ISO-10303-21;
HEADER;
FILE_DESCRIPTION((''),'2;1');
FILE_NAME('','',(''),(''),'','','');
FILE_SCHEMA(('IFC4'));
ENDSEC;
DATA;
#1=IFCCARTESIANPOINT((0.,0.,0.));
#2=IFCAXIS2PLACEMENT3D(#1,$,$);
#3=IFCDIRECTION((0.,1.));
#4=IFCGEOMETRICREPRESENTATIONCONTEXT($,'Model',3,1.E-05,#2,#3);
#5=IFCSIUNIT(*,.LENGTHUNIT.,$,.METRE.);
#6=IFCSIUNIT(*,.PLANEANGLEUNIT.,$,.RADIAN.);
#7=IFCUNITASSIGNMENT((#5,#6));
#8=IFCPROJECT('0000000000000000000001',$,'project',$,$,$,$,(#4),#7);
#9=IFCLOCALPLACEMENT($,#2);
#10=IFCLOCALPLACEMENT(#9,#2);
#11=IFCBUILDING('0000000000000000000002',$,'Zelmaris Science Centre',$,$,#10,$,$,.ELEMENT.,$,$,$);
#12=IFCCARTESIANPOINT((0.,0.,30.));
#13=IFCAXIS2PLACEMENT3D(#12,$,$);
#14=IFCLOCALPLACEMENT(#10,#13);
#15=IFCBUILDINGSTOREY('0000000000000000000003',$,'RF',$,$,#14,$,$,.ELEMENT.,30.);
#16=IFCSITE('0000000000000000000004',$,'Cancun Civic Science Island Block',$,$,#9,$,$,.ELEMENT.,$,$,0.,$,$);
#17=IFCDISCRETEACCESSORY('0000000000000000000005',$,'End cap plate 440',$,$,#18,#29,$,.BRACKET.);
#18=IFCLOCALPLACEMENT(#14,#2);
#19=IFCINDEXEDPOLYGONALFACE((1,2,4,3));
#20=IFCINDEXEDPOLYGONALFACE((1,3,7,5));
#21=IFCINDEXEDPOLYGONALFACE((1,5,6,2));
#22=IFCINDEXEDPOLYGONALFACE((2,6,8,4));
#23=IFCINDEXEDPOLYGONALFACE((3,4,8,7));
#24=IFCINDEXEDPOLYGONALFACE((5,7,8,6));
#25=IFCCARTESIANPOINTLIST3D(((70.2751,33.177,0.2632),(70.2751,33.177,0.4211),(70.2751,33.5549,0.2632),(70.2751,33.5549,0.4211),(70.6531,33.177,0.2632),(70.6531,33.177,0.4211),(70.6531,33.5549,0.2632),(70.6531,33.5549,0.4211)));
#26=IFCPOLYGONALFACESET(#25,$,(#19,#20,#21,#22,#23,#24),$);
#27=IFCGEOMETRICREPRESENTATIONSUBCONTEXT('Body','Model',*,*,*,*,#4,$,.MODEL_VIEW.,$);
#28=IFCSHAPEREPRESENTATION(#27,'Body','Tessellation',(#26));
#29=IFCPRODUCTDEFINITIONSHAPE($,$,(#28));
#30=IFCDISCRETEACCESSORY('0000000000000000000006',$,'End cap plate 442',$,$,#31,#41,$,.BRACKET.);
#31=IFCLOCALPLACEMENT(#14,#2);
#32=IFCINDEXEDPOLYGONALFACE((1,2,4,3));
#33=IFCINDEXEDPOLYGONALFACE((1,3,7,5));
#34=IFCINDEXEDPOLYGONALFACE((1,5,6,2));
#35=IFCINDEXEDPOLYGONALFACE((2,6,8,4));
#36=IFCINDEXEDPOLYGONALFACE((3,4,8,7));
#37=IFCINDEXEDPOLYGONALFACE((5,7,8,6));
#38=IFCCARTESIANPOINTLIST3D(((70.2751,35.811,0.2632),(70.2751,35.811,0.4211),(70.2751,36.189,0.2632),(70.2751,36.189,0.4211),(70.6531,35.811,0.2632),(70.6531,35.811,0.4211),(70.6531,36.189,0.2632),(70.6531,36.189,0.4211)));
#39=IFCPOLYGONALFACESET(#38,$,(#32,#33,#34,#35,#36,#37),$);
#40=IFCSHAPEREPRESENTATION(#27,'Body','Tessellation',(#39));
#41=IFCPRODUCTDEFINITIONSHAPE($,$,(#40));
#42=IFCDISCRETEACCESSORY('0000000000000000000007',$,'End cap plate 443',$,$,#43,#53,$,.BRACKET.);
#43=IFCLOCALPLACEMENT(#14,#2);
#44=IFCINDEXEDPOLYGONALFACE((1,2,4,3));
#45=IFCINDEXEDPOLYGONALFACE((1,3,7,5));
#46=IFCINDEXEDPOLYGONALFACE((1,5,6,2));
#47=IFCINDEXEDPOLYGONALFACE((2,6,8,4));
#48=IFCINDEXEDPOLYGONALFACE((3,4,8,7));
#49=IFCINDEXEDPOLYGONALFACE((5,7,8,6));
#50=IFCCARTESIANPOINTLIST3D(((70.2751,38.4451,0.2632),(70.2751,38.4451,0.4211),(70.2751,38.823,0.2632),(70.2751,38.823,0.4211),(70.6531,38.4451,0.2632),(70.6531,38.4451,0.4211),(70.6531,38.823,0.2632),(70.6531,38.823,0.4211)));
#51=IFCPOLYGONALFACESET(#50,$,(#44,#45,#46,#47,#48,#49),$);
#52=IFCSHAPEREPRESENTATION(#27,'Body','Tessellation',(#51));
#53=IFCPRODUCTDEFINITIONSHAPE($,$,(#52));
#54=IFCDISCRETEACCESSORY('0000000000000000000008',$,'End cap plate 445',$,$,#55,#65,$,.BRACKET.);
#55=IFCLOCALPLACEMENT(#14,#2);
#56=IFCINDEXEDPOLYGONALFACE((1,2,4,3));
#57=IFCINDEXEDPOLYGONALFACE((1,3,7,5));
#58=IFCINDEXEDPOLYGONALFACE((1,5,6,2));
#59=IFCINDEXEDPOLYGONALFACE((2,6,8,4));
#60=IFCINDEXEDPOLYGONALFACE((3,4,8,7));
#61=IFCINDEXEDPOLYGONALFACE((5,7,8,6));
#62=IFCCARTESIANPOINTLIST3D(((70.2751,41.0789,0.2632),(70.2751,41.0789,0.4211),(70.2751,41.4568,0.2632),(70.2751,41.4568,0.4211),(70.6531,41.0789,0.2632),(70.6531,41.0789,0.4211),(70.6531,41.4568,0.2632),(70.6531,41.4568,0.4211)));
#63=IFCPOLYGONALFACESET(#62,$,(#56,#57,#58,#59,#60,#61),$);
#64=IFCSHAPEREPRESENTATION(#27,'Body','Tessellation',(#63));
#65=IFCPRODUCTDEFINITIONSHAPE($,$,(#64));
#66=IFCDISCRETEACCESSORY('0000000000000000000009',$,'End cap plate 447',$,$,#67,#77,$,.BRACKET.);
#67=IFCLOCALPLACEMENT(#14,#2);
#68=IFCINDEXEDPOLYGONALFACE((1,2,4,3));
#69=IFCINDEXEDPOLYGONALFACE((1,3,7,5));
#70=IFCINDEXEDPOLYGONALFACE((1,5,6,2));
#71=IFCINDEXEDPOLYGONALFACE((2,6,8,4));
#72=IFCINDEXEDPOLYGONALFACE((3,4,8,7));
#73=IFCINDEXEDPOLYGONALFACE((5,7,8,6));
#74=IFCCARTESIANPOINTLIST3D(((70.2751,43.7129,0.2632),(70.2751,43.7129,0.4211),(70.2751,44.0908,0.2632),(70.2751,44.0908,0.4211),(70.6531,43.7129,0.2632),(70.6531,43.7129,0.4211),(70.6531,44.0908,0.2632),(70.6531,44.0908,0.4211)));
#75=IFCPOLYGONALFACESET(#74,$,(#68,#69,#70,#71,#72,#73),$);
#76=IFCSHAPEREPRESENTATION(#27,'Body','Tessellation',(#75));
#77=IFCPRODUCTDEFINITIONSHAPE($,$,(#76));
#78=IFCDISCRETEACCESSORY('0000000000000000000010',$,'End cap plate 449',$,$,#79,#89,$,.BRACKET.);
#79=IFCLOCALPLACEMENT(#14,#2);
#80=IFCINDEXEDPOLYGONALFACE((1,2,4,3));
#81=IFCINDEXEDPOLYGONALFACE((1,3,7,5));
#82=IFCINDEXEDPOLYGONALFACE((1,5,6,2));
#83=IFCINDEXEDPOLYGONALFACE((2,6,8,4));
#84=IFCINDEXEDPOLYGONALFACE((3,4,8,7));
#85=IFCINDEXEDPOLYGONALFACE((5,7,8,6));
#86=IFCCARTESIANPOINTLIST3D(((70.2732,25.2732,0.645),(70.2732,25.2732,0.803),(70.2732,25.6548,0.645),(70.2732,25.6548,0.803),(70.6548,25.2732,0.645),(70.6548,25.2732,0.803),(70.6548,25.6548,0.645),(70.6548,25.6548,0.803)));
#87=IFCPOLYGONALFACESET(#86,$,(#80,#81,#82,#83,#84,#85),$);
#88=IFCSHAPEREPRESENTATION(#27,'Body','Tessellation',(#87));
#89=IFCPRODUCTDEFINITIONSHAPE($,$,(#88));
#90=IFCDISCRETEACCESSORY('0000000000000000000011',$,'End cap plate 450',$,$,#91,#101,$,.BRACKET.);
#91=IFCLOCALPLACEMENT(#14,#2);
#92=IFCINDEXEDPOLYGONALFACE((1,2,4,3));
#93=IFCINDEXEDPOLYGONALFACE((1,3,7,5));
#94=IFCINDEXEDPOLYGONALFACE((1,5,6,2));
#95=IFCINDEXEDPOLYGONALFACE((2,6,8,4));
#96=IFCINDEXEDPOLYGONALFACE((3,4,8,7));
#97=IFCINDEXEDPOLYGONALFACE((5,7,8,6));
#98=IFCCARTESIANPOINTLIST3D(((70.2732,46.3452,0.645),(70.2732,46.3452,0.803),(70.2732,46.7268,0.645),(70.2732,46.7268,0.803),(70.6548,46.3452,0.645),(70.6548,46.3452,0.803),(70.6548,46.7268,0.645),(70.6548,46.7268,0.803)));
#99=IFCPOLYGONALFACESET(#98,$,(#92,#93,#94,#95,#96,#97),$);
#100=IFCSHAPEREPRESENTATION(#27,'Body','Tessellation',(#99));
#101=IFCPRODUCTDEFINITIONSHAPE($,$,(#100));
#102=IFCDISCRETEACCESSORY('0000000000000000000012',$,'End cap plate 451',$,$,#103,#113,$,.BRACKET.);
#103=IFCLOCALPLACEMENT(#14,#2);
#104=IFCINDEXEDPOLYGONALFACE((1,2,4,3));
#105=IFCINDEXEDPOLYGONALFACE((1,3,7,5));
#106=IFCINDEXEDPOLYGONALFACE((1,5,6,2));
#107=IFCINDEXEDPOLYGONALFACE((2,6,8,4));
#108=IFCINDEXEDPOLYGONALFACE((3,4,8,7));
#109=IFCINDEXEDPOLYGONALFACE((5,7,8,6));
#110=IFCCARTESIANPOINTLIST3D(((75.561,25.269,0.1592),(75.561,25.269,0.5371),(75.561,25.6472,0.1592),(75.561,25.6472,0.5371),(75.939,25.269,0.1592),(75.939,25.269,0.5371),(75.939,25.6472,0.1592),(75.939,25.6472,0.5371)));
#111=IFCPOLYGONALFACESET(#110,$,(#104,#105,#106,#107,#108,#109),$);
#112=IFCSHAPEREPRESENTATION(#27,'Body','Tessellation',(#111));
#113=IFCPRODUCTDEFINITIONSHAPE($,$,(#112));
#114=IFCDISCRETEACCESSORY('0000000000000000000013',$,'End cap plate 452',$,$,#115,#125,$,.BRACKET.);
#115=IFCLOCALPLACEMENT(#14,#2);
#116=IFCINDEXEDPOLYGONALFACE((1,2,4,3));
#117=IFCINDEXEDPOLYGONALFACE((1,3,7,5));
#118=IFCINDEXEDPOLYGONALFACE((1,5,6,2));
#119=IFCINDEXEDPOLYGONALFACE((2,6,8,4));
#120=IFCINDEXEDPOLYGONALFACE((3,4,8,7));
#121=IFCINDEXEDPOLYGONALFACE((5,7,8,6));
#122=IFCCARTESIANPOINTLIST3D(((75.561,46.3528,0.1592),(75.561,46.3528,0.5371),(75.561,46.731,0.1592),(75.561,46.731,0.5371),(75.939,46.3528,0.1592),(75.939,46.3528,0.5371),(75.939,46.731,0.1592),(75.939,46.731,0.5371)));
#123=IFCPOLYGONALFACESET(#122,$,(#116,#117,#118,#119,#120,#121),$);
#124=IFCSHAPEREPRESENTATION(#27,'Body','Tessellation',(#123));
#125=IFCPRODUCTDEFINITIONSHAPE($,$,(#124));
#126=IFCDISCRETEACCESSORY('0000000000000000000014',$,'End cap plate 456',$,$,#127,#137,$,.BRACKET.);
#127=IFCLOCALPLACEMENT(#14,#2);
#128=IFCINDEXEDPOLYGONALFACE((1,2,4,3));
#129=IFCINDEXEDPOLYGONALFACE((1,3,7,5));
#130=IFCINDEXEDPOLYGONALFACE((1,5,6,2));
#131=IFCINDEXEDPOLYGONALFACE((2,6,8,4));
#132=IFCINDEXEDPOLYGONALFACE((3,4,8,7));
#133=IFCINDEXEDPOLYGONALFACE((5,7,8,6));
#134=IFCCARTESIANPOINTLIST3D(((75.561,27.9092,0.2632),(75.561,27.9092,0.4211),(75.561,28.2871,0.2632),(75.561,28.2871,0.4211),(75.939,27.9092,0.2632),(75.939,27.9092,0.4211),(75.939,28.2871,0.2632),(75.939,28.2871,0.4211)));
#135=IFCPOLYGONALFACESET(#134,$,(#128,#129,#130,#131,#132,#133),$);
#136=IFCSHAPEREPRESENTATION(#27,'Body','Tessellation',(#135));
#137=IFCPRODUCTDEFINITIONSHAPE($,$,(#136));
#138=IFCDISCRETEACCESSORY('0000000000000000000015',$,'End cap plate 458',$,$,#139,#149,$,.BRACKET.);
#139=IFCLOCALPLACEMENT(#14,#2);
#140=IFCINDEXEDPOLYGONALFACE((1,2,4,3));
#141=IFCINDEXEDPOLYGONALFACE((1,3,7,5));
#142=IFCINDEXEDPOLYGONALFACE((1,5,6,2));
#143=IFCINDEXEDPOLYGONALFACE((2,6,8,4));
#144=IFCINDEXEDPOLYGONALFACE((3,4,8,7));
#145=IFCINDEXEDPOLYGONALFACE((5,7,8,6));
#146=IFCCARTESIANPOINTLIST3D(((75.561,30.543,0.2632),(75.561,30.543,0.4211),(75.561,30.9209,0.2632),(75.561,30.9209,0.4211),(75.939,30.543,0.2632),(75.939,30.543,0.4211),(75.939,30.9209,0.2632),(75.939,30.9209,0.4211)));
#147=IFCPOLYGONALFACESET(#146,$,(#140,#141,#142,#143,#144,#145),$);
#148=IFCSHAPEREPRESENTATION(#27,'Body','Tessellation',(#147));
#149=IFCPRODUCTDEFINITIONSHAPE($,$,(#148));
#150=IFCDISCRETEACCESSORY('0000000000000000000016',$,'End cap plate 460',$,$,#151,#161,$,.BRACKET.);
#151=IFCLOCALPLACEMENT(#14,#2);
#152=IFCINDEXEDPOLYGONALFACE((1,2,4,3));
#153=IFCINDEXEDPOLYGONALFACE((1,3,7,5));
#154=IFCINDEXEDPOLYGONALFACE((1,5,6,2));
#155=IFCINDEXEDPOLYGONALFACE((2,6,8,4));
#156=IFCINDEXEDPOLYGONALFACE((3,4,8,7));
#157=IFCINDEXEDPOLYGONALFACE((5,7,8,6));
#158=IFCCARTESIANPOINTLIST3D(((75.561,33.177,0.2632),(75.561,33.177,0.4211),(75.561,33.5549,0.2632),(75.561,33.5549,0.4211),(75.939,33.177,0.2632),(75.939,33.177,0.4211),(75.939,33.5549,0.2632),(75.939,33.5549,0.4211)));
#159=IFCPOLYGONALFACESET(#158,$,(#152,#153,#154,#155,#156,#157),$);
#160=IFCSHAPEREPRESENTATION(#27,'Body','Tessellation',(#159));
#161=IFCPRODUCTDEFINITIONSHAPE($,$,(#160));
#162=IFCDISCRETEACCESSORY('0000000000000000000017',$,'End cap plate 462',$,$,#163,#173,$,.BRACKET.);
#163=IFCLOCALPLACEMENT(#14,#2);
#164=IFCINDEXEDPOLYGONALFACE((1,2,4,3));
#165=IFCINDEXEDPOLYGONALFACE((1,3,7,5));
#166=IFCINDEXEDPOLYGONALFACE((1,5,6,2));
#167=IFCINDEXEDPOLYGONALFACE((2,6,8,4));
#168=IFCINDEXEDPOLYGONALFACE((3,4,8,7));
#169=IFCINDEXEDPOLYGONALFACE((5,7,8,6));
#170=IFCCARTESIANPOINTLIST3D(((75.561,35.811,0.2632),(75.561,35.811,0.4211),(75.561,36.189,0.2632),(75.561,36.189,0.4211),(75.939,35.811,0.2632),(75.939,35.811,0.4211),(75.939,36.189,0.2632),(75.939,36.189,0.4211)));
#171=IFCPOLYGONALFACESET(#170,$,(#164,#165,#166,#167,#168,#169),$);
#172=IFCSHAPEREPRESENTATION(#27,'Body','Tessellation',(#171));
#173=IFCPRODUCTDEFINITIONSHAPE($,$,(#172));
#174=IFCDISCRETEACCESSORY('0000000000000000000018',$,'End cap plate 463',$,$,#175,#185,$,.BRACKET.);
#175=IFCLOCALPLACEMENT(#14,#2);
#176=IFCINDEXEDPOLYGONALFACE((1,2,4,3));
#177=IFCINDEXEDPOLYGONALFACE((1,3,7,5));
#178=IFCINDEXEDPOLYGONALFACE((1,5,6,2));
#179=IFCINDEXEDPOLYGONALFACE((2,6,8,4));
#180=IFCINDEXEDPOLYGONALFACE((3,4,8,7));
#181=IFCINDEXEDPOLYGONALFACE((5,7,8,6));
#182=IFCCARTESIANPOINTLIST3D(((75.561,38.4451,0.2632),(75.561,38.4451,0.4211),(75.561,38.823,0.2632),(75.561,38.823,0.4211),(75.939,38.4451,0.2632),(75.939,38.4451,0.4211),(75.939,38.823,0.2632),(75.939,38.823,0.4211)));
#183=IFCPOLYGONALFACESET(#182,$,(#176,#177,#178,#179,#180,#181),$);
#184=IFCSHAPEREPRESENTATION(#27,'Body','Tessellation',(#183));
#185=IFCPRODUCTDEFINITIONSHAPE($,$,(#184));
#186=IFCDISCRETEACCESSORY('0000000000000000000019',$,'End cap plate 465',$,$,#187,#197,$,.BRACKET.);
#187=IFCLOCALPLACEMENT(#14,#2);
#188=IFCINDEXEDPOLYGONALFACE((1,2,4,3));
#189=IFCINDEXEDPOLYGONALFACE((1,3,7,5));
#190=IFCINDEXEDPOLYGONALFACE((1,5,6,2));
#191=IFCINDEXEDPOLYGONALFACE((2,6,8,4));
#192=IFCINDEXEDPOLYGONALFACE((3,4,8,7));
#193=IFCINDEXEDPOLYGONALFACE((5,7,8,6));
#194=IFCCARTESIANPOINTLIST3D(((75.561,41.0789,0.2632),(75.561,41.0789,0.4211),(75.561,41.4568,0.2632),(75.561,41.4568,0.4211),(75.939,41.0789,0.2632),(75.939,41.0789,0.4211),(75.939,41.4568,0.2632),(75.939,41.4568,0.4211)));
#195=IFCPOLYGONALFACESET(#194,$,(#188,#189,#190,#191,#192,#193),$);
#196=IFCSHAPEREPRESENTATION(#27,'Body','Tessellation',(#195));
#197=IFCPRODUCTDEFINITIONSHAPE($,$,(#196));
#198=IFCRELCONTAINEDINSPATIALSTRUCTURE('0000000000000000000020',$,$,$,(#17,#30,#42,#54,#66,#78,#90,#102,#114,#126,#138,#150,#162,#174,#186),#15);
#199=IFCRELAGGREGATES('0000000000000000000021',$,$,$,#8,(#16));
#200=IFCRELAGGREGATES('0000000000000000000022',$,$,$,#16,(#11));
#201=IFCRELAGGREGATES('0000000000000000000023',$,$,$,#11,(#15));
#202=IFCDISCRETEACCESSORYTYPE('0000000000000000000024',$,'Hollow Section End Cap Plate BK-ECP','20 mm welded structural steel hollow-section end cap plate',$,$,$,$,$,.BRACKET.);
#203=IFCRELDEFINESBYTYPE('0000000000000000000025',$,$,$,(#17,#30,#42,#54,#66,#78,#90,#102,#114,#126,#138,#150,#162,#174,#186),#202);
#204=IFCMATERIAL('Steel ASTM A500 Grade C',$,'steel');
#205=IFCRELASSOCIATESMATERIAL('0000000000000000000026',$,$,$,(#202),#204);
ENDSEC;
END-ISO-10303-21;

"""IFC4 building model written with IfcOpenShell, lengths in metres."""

from ifc_helpers import new_model, si_unit, direction, frame, origin, place, context, subcontext, project, spatial, polyline, outline, extrude, material, type_object, element, save


model = new_model("IFC4")

# Units and contexts
model_context = context("Model", 3, precision=1e-05, world=origin(), true_north=direction((0.0, 1.0)))
body_context = subcontext(model_context, "Body", "Model", "MODEL_VIEW")
ifc_project = project(units=[si_unit("LENGTHUNIT", "METRE"), si_unit("PLANEANGLEUNIT", "RADIAN")], contexts=[model_context])

# Site, building, storey
site_placement = place(None, origin())
site = spatial("IfcSite", under=ifc_project, at=site_placement, Name="Cancun Civic Science Island Block", CompositionType="ELEMENT", RefElevation=0.0)
building_placement = place(site_placement, origin())
building = spatial("IfcBuilding", under=site, at=building_placement, Name="Zelmaris Science Centre", CompositionType="ELEMENT")
storey_placement = place(building_placement, frame((0.0, 0.0, 30.0)))
storey = spatial("IfcBuildingStorey", under=building, at=storey_placement, Name="RF", CompositionType="ELEMENT", Elevation=30.0)

# Discrete accessories
ifc_material = material(Name="Steel ASTM A500 Grade C", Category="steel")
discrete_accessory_type = type_object("IfcDiscreteAccessoryType", Name="Hollow Section End Cap Plate BK-ECP", Description="20 mm welded structural steel hollow-section end cap plate", PredefinedType="BRACKET", material=ifc_material)
discrete_accessory_1_placement = place(storey_placement, frame((0.0, 0.0, 0.2632)))
element("IfcDiscreteAccessory", 1, at=discrete_accessory_1_placement, inside=storey, type_object=discrete_accessory_type, Name="End cap plate 440", PredefinedType="BRACKET", context=body_context, shape_type="SweptSolid", body=[
    extrude(outline(polyline([(70.2751, 33.177), (70.6531, 33.177), (70.6531, 33.5549), (70.2751, 33.5549), (70.2751, 33.177)])), origin(), (0.0, 0.0, 1.0), 0.158),
])
discrete_accessory_2_placement = place(storey_placement, frame((0.0, 0.0, 0.2632)))
element("IfcDiscreteAccessory", 2, at=discrete_accessory_2_placement, inside=storey, type_object=discrete_accessory_type, Name="End cap plate 442", PredefinedType="BRACKET", context=body_context, shape_type="SweptSolid", body=[
    extrude(outline(polyline([(70.2751, 35.811), (70.6531, 35.811), (70.6531, 36.189), (70.2751, 36.189), (70.2751, 35.811)])), origin(), (0.0, 0.0, 1.0), 0.158),
])
discrete_accessory_3_placement = place(storey_placement, frame((0.0, 0.0, 0.2632)))
element("IfcDiscreteAccessory", 3, at=discrete_accessory_3_placement, inside=storey, type_object=discrete_accessory_type, Name="End cap plate 443", PredefinedType="BRACKET", context=body_context, shape_type="SweptSolid", body=[
    extrude(outline(polyline([(70.2751, 38.4451), (70.6531, 38.4451), (70.6531, 38.823), (70.2751, 38.823), (70.2751, 38.4451)])), origin(), (0.0, 0.0, 1.0), 0.158),
])
discrete_accessory_4_placement = place(storey_placement, frame((0.0, 0.0, 0.2632)))
element("IfcDiscreteAccessory", 4, at=discrete_accessory_4_placement, inside=storey, type_object=discrete_accessory_type, Name="End cap plate 445", PredefinedType="BRACKET", context=body_context, shape_type="SweptSolid", body=[
    extrude(outline(polyline([(70.2751, 41.0789), (70.6531, 41.0789), (70.6531, 41.4568), (70.2751, 41.4568), (70.2751, 41.0789)])), origin(), (0.0, 0.0, 1.0), 0.158),
])
discrete_accessory_5_placement = place(storey_placement, frame((0.0, 0.0, 0.2632)))
element("IfcDiscreteAccessory", 5, at=discrete_accessory_5_placement, inside=storey, type_object=discrete_accessory_type, Name="End cap plate 447", PredefinedType="BRACKET", context=body_context, shape_type="SweptSolid", body=[
    extrude(outline(polyline([(70.2751, 43.7129), (70.6531, 43.7129), (70.6531, 44.0908), (70.2751, 44.0908), (70.2751, 43.7129)])), origin(), (0.0, 0.0, 1.0), 0.158),
])
discrete_accessory_6_placement = place(storey_placement, frame((0.0, 0.0, 0.645)))
element("IfcDiscreteAccessory", 6, at=discrete_accessory_6_placement, inside=storey, type_object=discrete_accessory_type, Name="End cap plate 449", PredefinedType="BRACKET", context=body_context, shape_type="SweptSolid", body=[
    extrude(outline(polyline([(70.2732, 25.2732), (70.6548, 25.2732), (70.6548, 25.6548), (70.2732, 25.6548), (70.2732, 25.2732)])), origin(), (0.0, 0.0, 1.0), 0.158),
])
discrete_accessory_7_placement = place(storey_placement, frame((0.0, 0.0, 0.645)))
element("IfcDiscreteAccessory", 7, at=discrete_accessory_7_placement, inside=storey, type_object=discrete_accessory_type, Name="End cap plate 450", PredefinedType="BRACKET", context=body_context, shape_type="SweptSolid", body=[
    extrude(outline(polyline([(70.2732, 46.3452), (70.6548, 46.3452), (70.6548, 46.7268), (70.2732, 46.7268), (70.2732, 46.3452)])), origin(), (0.0, 0.0, 1.0), 0.158),
])
discrete_accessory_8_placement = place(storey_placement, frame((0.0, 0.0, 0.1592)))
element("IfcDiscreteAccessory", 8, at=discrete_accessory_8_placement, inside=storey, type_object=discrete_accessory_type, Name="End cap plate 451", PredefinedType="BRACKET", context=body_context, shape_type="SweptSolid", body=[
    extrude(outline(polyline([(75.561, 25.269), (75.939, 25.269), (75.939, 25.6472), (75.561, 25.6472), (75.561, 25.269)])), origin(), (0.0, 0.0, 1.0), 0.3779),
])
discrete_accessory_9_placement = place(storey_placement, frame((0.0, 0.0, 0.1592)))
element("IfcDiscreteAccessory", 9, at=discrete_accessory_9_placement, inside=storey, type_object=discrete_accessory_type, Name="End cap plate 452", PredefinedType="BRACKET", context=body_context, shape_type="SweptSolid", body=[
    extrude(outline(polyline([(75.561, 46.3528), (75.939, 46.3528), (75.939, 46.731), (75.561, 46.731), (75.561, 46.3528)])), origin(), (0.0, 0.0, 1.0), 0.3779),
])
discrete_accessory_10_placement = place(storey_placement, frame((0.0, 0.0, 0.2632)))
element("IfcDiscreteAccessory", 10, at=discrete_accessory_10_placement, inside=storey, type_object=discrete_accessory_type, Name="End cap plate 456", PredefinedType="BRACKET", context=body_context, shape_type="SweptSolid", body=[
    extrude(outline(polyline([(75.561, 27.9092), (75.939, 27.9092), (75.939, 28.2871), (75.561, 28.2871), (75.561, 27.9092)])), origin(), (0.0, 0.0, 1.0), 0.158),
])
discrete_accessory_11_placement = place(storey_placement, frame((0.0, 0.0, 0.2632)))
element("IfcDiscreteAccessory", 11, at=discrete_accessory_11_placement, inside=storey, type_object=discrete_accessory_type, Name="End cap plate 458", PredefinedType="BRACKET", context=body_context, shape_type="SweptSolid", body=[
    extrude(outline(polyline([(75.561, 30.543), (75.939, 30.543), (75.939, 30.9209), (75.561, 30.9209), (75.561, 30.543)])), origin(), (0.0, 0.0, 1.0), 0.158),
])
discrete_accessory_12_placement = place(storey_placement, frame((0.0, 0.0, 0.2632)))
element("IfcDiscreteAccessory", 12, at=discrete_accessory_12_placement, inside=storey, type_object=discrete_accessory_type, Name="End cap plate 460", PredefinedType="BRACKET", context=body_context, shape_type="SweptSolid", body=[
    extrude(outline(polyline([(75.561, 33.177), (75.939, 33.177), (75.939, 33.5549), (75.561, 33.5549), (75.561, 33.177)])), origin(), (0.0, 0.0, 1.0), 0.158),
])
discrete_accessory_13_placement = place(storey_placement, frame((0.0, 0.0, 0.2632)))
element("IfcDiscreteAccessory", 13, at=discrete_accessory_13_placement, inside=storey, type_object=discrete_accessory_type, Name="End cap plate 462", PredefinedType="BRACKET", context=body_context, shape_type="SweptSolid", body=[
    extrude(outline(polyline([(75.561, 35.811), (75.939, 35.811), (75.939, 36.189), (75.561, 36.189), (75.561, 35.811)])), origin(), (0.0, 0.0, 1.0), 0.158),
])
discrete_accessory_14_placement = place(storey_placement, frame((0.0, 0.0, 0.2632)))
element("IfcDiscreteAccessory", 14, at=discrete_accessory_14_placement, inside=storey, type_object=discrete_accessory_type, Name="End cap plate 463", PredefinedType="BRACKET", context=body_context, shape_type="SweptSolid", body=[
    extrude(outline(polyline([(75.561, 38.4451), (75.939, 38.4451), (75.939, 38.823), (75.561, 38.823), (75.561, 38.4451)])), origin(), (0.0, 0.0, 1.0), 0.158),
])
discrete_accessory_15_placement = place(storey_placement, frame((0.0, 0.0, 0.2632)))
element("IfcDiscreteAccessory", 15, at=discrete_accessory_15_placement, inside=storey, type_object=discrete_accessory_type, Name="End cap plate 465", PredefinedType="BRACKET", context=body_context, shape_type="SweptSolid", body=[
    extrude(outline(polyline([(75.561, 41.0789), (75.939, 41.0789), (75.939, 41.4568), (75.561, 41.4568), (75.561, 41.0789)])), origin(), (0.0, 0.0, 1.0), 0.158),
])

save(model, "model.ifc")
